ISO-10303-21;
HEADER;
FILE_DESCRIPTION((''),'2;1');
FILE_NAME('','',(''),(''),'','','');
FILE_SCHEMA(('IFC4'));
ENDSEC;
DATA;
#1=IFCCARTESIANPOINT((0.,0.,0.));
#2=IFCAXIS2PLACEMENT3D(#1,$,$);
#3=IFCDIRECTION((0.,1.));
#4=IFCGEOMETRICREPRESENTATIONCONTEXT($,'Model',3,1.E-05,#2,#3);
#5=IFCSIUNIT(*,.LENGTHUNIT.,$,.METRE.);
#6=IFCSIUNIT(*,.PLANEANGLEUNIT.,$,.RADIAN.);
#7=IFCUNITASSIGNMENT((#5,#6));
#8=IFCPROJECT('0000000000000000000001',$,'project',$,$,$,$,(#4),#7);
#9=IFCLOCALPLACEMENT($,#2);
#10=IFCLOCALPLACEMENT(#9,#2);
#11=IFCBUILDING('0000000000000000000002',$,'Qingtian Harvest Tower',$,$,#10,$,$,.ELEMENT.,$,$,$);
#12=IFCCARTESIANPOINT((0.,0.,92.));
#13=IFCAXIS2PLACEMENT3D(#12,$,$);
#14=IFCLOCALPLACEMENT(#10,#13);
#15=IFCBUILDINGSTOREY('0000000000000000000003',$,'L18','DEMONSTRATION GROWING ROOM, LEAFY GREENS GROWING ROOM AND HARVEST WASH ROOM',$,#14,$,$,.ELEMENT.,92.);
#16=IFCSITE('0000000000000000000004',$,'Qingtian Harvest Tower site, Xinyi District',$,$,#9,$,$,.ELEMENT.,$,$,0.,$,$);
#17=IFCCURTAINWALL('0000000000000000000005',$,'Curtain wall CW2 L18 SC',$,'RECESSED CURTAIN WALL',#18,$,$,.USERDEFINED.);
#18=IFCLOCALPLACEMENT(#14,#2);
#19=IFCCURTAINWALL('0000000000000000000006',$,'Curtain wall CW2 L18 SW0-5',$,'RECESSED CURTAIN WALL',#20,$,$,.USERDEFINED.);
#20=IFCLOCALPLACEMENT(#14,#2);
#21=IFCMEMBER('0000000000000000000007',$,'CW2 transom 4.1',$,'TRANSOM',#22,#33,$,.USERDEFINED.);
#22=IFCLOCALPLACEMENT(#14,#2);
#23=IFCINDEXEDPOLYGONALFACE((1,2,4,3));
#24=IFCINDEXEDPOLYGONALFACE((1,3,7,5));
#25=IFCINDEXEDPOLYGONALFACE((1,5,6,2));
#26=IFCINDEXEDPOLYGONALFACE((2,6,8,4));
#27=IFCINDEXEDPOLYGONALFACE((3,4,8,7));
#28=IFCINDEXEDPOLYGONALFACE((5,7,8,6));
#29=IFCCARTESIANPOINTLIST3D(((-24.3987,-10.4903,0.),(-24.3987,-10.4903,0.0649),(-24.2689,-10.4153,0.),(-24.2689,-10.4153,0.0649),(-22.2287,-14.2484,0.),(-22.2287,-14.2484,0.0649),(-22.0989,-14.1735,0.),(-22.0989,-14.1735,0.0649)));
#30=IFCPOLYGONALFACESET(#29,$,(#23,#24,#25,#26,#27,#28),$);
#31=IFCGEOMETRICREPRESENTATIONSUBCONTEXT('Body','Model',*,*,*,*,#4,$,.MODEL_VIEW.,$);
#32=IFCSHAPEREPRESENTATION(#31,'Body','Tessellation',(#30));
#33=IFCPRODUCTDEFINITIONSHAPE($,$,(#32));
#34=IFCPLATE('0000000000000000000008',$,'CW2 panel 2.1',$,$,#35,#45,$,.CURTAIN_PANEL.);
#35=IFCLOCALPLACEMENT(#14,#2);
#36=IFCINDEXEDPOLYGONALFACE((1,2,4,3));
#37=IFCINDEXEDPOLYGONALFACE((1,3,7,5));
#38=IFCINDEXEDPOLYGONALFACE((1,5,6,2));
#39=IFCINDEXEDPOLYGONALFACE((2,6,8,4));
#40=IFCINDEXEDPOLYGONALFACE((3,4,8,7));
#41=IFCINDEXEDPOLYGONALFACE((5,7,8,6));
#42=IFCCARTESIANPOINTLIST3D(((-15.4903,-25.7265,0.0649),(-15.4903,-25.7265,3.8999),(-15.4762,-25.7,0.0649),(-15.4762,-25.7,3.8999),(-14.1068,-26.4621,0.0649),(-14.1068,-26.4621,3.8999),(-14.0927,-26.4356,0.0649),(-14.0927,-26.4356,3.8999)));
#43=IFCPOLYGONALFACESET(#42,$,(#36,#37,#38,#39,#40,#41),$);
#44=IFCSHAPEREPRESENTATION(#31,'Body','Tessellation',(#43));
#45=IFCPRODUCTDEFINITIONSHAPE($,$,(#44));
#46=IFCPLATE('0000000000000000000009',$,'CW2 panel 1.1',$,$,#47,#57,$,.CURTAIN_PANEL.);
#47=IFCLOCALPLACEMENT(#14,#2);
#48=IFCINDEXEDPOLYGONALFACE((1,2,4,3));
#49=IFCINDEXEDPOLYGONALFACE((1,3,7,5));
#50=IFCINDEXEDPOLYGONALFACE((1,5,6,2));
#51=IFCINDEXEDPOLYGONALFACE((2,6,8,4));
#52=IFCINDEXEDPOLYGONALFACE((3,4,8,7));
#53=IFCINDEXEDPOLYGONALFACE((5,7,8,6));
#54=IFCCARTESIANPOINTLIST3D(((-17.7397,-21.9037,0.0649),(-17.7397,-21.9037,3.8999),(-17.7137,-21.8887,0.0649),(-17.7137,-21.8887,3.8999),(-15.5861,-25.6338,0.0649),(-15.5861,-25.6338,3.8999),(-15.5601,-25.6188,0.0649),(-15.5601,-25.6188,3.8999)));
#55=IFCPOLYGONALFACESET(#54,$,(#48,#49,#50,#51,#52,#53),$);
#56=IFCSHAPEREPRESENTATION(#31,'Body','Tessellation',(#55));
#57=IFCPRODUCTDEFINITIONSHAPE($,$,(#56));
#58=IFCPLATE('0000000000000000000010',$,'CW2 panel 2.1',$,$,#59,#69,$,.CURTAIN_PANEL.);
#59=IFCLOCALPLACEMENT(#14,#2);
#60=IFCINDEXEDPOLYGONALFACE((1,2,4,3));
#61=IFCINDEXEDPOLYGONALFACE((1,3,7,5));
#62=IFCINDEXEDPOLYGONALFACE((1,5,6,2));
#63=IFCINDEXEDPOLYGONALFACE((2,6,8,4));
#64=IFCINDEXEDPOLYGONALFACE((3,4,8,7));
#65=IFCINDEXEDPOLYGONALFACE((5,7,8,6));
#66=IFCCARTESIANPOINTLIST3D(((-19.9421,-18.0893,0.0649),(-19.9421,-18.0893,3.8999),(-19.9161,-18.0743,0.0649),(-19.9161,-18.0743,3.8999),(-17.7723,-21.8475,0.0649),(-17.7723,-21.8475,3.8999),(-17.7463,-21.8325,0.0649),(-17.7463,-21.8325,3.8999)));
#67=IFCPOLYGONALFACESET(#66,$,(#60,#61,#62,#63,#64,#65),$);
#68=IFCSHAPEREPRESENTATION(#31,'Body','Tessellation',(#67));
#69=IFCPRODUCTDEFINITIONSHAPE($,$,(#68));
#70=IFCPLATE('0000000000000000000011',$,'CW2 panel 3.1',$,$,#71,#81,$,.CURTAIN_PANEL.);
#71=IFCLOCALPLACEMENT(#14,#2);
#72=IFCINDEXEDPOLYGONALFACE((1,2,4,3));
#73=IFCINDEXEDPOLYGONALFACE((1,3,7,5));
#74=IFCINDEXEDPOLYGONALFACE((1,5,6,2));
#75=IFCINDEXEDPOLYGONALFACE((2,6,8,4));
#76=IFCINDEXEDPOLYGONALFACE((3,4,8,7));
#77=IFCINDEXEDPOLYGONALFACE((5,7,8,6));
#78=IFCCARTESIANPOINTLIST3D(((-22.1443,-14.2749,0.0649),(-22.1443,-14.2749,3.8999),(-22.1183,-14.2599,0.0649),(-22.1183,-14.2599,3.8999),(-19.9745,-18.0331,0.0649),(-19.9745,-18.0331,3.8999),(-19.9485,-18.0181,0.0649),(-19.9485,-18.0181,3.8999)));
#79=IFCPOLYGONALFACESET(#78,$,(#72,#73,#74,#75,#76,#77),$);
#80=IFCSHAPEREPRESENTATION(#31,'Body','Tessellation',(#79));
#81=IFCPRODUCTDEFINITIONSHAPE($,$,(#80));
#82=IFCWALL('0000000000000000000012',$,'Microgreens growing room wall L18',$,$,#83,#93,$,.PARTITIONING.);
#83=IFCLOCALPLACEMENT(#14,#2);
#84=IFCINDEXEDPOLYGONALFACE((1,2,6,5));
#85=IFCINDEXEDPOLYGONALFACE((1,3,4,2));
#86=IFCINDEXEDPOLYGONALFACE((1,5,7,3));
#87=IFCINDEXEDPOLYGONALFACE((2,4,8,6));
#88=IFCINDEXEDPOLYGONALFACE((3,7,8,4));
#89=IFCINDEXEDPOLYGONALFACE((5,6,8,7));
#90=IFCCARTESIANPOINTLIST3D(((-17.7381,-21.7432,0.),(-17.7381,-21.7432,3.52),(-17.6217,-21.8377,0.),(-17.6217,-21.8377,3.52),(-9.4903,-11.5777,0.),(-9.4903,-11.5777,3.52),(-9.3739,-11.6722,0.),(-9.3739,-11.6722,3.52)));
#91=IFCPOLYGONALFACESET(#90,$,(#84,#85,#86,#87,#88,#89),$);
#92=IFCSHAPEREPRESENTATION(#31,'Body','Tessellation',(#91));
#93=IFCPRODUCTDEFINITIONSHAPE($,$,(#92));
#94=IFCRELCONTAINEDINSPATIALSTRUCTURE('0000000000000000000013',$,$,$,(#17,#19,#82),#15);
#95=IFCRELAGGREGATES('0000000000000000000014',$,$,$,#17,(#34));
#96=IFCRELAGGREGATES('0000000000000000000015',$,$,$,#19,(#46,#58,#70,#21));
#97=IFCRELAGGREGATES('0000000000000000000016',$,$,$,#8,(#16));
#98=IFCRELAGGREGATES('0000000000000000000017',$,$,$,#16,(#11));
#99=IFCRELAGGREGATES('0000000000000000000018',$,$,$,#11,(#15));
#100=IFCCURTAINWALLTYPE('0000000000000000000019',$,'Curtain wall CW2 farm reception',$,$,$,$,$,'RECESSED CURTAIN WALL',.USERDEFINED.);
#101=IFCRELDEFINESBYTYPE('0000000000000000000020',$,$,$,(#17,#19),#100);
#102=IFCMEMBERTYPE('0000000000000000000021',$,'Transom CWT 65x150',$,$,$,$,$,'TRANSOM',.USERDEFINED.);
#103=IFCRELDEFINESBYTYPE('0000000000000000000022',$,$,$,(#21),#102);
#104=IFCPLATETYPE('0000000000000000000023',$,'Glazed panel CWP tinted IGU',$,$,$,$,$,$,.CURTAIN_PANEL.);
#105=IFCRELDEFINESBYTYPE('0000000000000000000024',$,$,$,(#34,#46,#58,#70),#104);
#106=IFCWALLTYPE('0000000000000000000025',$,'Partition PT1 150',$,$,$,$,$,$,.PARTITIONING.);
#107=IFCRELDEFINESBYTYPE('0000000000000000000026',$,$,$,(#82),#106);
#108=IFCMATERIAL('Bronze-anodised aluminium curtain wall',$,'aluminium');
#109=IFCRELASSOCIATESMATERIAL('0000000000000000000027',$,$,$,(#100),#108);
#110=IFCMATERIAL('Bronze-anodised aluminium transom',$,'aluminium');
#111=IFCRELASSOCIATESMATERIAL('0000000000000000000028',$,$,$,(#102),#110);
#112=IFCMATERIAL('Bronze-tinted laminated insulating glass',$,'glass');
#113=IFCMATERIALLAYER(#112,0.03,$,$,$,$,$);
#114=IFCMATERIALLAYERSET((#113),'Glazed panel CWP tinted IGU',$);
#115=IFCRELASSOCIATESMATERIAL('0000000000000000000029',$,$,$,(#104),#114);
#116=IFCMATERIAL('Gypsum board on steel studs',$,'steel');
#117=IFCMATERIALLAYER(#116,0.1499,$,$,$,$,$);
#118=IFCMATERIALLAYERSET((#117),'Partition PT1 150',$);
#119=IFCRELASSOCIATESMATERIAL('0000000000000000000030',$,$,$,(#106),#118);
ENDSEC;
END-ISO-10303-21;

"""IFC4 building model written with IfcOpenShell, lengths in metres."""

from ifc_helpers import new_model, si_unit, direction, frame, frame_2d, origin, origin_2d, place, context, subcontext, project, spatial, rectangle, extrude, material, layer, layer_set, material_profile, profile_set, type_object, element, aggregate, save


model = new_model("IFC4")

# Units and contexts
model_context = context("Model", 3, precision=1e-05, world=origin(), true_north=direction((0.0, 1.0)))
body_context = subcontext(model_context, "Body", "Model", "MODEL_VIEW")
ifc_project = project(units=[si_unit("LENGTHUNIT", "METRE"), si_unit("PLANEANGLEUNIT", "RADIAN")], contexts=[model_context])

# Site, building, storey
site_placement = place(None, origin())
site = spatial("IfcSite", under=ifc_project, at=site_placement, Name="Qingtian Harvest Tower site, Xinyi District", CompositionType="ELEMENT", RefElevation=0.0)
building_placement = place(site_placement, origin())
building = spatial("IfcBuilding", under=site, at=building_placement, Name="Qingtian Harvest Tower", CompositionType="ELEMENT")
storey_placement = place(building_placement, frame((0.0, 0.0, 92.0)))
storey = spatial("IfcBuildingStorey", under=building, at=storey_placement, Name="L18", Description="DEMONSTRATION GROWING ROOM, LEAFY GREENS GROWING ROOM AND HARVEST WASH ROOM", CompositionType="ELEMENT", Elevation=92.0)

# Curtain wall
ifc_material_1 = material(Name="Bronze-anodised aluminium curtain wall", Category="aluminium")
curtain_wall_type = type_object("IfcCurtainWallType", Name="Curtain wall CW2 farm reception", ElementType="RECESSED CURTAIN WALL", PredefinedType="USERDEFINED", material=ifc_material_1)
curtain_wall_1_placement = place(storey_placement, origin())
curtain_wall_1 = element("IfcCurtainWall", 1, at=curtain_wall_1_placement, inside=storey, type_object=curtain_wall_type, Name="Curtain wall CW2 L18 SC", ObjectType="RECESSED CURTAIN WALL", PredefinedType="USERDEFINED")

# Curtain wall
curtain_wall_2_placement = place(storey_placement, origin())
curtain_wall_2 = element("IfcCurtainWall", 2, at=curtain_wall_2_placement, inside=storey, type_object=curtain_wall_type, Name="Curtain wall CW2 L18 SW0-5", ObjectType="RECESSED CURTAIN WALL", PredefinedType="USERDEFINED")

# Member
ifc_material_2 = material(Name="Bronze-anodised aluminium transom", Category="aluminium")
ifc_material_profile_1 = material_profile(ifc_material_2, rectangle(XDim=0.1499, YDim=0.0649, at=origin_2d()), Name="AL 65x150")
ifc_profile_set_1 = profile_set([ifc_material_profile_1], Name="Bronze-anodised aluminium transom")
member_type_1 = type_object("IfcMemberType", Name="Transom CWT 65x150", ElementType="TRANSOM", PredefinedType="USERDEFINED", material=ifc_profile_set_1)
member_1_placement = place(storey_placement, frame((-22.1638, -14.2109, 0.0325), z_axis=(-0.500036, 0.866005, 0.0), x_axis=(-0.866005, -0.500036, 0.0)))
member_1 = element("IfcMember", 3, at=member_1_placement, type_object=member_type_1, Name="CW2 transom 4.1", ObjectType="TRANSOM", PredefinedType="USERDEFINED", context=body_context, shape_type="SweptSolid", body=[
    extrude(rectangle(XDim=0.1499, YDim=0.0649, at=origin_2d()), origin(), (0.0, 0.0, 1.0), 4.3396),
])

# Plates
ifc_material_3 = material(Name="Bronze-tinted laminated insulating glass", Category="glass")
ifc_layer_1 = layer(ifc_material_3, 0.03)
ifc_layer_set_1 = layer_set([ifc_layer_1], Name="Glazed panel CWP tinted IGU")
plate_type = type_object("IfcPlateType", Name="Glazed panel CWP tinted IGU", PredefinedType="CURTAIN_PANEL", material=ifc_layer_set_1)
plate_1_placement = place(storey_placement, frame((-14.7915, -26.0811, 0.0649), z_axis=(0.0, 0.0, 1.0), x_axis=(-0.882948, 0.469472, 0.0)))
plate_1 = element("IfcPlate", 4, at=plate_1_placement, type_object=plate_type, Name="CW2 panel 2.1", PredefinedType="CURTAIN_PANEL", context=body_context, shape_type="SweptSolid", body=[
    extrude(rectangle(XDim=1.5669, YDim=0.03, at=origin_2d()), origin(), (0.0, 0.0, 1.0), 3.835),
])
aggregate(curtain_wall_1, [plate_1])
plate_2_placement = place(storey_placement, frame((-16.6499, -23.7612, 0.0649), z_axis=(0.0, 0.0, 1.0), x_axis=(-0.5, 0.866025, 0.0)))
plate_2 = element("IfcPlate", 5, at=plate_2_placement, type_object=plate_type, Name="CW2 panel 1.1", PredefinedType="CURTAIN_PANEL", context=body_context, shape_type="SweptSolid", body=[
    extrude(rectangle(XDim=4.3071, YDim=0.03, at=origin_2d()), origin(), (0.0, 0.0, 1.0), 3.835),
])
plate_3_placement = place(storey_placement, frame((-18.8442, -19.9609, 0.0649), z_axis=(0.0, 0.0, 1.0), x_axis=(-0.5, 0.866025, 0.0)))
plate_3 = element("IfcPlate", 6, at=plate_3_placement, type_object=plate_type, Name="CW2 panel 2.1", PredefinedType="CURTAIN_PANEL", context=body_context, shape_type="SweptSolid", body=[
    extrude(rectangle(XDim=4.3396, YDim=0.03, at=origin_2d()), origin(), (0.0, 0.0, 1.0), 3.835),
])
plate_4_placement = place(storey_placement, frame((-21.0464, -16.1465, 0.0649), z_axis=(0.0, 0.0, 1.0), x_axis=(-0.5, 0.866025, 0.0)))
plate_4 = element("IfcPlate", 7, at=plate_4_placement, type_object=plate_type, Name="CW2 panel 3.1", PredefinedType="CURTAIN_PANEL", context=body_context, shape_type="SweptSolid", body=[
    extrude(rectangle(XDim=4.3396, YDim=0.03, at=origin_2d()), origin(), (0.0, 0.0, 1.0), 3.835),
])
aggregate(curtain_wall_2, [plate_2, plate_3, plate_4, member_1])

# Wall
ifc_material_4 = material(Name="Gypsum board on steel studs", Category="steel")
ifc_layer_2 = layer(ifc_material_4, 0.1499)
ifc_layer_set_2 = layer_set([ifc_layer_2], Name="Partition PT1 150")
wall_type = type_object("IfcWallType", Name="Partition PT1 150", PredefinedType="PARTITIONING", material=ifc_layer_set_2)
wall_placement = place(storey_placement, frame((-17.6799, -21.7905, 0.0), z_axis=(0.0, 0.0, 1.0), x_axis=(0.630055, 0.776551, 0.0)))
element("IfcWall", 8, at=wall_placement, inside=storey, type_object=wall_type, Name="Microgreens growing room wall L18", PredefinedType="PARTITIONING", context=body_context, shape_type="SweptSolid", body=[
    extrude(rectangle(XDim=13.0906, YDim=0.1499, at=frame_2d((6.5454, 0.0))), origin(), (0.0, 0.0, 1.0), 3.52),
])

save(model, "model.ifc")
